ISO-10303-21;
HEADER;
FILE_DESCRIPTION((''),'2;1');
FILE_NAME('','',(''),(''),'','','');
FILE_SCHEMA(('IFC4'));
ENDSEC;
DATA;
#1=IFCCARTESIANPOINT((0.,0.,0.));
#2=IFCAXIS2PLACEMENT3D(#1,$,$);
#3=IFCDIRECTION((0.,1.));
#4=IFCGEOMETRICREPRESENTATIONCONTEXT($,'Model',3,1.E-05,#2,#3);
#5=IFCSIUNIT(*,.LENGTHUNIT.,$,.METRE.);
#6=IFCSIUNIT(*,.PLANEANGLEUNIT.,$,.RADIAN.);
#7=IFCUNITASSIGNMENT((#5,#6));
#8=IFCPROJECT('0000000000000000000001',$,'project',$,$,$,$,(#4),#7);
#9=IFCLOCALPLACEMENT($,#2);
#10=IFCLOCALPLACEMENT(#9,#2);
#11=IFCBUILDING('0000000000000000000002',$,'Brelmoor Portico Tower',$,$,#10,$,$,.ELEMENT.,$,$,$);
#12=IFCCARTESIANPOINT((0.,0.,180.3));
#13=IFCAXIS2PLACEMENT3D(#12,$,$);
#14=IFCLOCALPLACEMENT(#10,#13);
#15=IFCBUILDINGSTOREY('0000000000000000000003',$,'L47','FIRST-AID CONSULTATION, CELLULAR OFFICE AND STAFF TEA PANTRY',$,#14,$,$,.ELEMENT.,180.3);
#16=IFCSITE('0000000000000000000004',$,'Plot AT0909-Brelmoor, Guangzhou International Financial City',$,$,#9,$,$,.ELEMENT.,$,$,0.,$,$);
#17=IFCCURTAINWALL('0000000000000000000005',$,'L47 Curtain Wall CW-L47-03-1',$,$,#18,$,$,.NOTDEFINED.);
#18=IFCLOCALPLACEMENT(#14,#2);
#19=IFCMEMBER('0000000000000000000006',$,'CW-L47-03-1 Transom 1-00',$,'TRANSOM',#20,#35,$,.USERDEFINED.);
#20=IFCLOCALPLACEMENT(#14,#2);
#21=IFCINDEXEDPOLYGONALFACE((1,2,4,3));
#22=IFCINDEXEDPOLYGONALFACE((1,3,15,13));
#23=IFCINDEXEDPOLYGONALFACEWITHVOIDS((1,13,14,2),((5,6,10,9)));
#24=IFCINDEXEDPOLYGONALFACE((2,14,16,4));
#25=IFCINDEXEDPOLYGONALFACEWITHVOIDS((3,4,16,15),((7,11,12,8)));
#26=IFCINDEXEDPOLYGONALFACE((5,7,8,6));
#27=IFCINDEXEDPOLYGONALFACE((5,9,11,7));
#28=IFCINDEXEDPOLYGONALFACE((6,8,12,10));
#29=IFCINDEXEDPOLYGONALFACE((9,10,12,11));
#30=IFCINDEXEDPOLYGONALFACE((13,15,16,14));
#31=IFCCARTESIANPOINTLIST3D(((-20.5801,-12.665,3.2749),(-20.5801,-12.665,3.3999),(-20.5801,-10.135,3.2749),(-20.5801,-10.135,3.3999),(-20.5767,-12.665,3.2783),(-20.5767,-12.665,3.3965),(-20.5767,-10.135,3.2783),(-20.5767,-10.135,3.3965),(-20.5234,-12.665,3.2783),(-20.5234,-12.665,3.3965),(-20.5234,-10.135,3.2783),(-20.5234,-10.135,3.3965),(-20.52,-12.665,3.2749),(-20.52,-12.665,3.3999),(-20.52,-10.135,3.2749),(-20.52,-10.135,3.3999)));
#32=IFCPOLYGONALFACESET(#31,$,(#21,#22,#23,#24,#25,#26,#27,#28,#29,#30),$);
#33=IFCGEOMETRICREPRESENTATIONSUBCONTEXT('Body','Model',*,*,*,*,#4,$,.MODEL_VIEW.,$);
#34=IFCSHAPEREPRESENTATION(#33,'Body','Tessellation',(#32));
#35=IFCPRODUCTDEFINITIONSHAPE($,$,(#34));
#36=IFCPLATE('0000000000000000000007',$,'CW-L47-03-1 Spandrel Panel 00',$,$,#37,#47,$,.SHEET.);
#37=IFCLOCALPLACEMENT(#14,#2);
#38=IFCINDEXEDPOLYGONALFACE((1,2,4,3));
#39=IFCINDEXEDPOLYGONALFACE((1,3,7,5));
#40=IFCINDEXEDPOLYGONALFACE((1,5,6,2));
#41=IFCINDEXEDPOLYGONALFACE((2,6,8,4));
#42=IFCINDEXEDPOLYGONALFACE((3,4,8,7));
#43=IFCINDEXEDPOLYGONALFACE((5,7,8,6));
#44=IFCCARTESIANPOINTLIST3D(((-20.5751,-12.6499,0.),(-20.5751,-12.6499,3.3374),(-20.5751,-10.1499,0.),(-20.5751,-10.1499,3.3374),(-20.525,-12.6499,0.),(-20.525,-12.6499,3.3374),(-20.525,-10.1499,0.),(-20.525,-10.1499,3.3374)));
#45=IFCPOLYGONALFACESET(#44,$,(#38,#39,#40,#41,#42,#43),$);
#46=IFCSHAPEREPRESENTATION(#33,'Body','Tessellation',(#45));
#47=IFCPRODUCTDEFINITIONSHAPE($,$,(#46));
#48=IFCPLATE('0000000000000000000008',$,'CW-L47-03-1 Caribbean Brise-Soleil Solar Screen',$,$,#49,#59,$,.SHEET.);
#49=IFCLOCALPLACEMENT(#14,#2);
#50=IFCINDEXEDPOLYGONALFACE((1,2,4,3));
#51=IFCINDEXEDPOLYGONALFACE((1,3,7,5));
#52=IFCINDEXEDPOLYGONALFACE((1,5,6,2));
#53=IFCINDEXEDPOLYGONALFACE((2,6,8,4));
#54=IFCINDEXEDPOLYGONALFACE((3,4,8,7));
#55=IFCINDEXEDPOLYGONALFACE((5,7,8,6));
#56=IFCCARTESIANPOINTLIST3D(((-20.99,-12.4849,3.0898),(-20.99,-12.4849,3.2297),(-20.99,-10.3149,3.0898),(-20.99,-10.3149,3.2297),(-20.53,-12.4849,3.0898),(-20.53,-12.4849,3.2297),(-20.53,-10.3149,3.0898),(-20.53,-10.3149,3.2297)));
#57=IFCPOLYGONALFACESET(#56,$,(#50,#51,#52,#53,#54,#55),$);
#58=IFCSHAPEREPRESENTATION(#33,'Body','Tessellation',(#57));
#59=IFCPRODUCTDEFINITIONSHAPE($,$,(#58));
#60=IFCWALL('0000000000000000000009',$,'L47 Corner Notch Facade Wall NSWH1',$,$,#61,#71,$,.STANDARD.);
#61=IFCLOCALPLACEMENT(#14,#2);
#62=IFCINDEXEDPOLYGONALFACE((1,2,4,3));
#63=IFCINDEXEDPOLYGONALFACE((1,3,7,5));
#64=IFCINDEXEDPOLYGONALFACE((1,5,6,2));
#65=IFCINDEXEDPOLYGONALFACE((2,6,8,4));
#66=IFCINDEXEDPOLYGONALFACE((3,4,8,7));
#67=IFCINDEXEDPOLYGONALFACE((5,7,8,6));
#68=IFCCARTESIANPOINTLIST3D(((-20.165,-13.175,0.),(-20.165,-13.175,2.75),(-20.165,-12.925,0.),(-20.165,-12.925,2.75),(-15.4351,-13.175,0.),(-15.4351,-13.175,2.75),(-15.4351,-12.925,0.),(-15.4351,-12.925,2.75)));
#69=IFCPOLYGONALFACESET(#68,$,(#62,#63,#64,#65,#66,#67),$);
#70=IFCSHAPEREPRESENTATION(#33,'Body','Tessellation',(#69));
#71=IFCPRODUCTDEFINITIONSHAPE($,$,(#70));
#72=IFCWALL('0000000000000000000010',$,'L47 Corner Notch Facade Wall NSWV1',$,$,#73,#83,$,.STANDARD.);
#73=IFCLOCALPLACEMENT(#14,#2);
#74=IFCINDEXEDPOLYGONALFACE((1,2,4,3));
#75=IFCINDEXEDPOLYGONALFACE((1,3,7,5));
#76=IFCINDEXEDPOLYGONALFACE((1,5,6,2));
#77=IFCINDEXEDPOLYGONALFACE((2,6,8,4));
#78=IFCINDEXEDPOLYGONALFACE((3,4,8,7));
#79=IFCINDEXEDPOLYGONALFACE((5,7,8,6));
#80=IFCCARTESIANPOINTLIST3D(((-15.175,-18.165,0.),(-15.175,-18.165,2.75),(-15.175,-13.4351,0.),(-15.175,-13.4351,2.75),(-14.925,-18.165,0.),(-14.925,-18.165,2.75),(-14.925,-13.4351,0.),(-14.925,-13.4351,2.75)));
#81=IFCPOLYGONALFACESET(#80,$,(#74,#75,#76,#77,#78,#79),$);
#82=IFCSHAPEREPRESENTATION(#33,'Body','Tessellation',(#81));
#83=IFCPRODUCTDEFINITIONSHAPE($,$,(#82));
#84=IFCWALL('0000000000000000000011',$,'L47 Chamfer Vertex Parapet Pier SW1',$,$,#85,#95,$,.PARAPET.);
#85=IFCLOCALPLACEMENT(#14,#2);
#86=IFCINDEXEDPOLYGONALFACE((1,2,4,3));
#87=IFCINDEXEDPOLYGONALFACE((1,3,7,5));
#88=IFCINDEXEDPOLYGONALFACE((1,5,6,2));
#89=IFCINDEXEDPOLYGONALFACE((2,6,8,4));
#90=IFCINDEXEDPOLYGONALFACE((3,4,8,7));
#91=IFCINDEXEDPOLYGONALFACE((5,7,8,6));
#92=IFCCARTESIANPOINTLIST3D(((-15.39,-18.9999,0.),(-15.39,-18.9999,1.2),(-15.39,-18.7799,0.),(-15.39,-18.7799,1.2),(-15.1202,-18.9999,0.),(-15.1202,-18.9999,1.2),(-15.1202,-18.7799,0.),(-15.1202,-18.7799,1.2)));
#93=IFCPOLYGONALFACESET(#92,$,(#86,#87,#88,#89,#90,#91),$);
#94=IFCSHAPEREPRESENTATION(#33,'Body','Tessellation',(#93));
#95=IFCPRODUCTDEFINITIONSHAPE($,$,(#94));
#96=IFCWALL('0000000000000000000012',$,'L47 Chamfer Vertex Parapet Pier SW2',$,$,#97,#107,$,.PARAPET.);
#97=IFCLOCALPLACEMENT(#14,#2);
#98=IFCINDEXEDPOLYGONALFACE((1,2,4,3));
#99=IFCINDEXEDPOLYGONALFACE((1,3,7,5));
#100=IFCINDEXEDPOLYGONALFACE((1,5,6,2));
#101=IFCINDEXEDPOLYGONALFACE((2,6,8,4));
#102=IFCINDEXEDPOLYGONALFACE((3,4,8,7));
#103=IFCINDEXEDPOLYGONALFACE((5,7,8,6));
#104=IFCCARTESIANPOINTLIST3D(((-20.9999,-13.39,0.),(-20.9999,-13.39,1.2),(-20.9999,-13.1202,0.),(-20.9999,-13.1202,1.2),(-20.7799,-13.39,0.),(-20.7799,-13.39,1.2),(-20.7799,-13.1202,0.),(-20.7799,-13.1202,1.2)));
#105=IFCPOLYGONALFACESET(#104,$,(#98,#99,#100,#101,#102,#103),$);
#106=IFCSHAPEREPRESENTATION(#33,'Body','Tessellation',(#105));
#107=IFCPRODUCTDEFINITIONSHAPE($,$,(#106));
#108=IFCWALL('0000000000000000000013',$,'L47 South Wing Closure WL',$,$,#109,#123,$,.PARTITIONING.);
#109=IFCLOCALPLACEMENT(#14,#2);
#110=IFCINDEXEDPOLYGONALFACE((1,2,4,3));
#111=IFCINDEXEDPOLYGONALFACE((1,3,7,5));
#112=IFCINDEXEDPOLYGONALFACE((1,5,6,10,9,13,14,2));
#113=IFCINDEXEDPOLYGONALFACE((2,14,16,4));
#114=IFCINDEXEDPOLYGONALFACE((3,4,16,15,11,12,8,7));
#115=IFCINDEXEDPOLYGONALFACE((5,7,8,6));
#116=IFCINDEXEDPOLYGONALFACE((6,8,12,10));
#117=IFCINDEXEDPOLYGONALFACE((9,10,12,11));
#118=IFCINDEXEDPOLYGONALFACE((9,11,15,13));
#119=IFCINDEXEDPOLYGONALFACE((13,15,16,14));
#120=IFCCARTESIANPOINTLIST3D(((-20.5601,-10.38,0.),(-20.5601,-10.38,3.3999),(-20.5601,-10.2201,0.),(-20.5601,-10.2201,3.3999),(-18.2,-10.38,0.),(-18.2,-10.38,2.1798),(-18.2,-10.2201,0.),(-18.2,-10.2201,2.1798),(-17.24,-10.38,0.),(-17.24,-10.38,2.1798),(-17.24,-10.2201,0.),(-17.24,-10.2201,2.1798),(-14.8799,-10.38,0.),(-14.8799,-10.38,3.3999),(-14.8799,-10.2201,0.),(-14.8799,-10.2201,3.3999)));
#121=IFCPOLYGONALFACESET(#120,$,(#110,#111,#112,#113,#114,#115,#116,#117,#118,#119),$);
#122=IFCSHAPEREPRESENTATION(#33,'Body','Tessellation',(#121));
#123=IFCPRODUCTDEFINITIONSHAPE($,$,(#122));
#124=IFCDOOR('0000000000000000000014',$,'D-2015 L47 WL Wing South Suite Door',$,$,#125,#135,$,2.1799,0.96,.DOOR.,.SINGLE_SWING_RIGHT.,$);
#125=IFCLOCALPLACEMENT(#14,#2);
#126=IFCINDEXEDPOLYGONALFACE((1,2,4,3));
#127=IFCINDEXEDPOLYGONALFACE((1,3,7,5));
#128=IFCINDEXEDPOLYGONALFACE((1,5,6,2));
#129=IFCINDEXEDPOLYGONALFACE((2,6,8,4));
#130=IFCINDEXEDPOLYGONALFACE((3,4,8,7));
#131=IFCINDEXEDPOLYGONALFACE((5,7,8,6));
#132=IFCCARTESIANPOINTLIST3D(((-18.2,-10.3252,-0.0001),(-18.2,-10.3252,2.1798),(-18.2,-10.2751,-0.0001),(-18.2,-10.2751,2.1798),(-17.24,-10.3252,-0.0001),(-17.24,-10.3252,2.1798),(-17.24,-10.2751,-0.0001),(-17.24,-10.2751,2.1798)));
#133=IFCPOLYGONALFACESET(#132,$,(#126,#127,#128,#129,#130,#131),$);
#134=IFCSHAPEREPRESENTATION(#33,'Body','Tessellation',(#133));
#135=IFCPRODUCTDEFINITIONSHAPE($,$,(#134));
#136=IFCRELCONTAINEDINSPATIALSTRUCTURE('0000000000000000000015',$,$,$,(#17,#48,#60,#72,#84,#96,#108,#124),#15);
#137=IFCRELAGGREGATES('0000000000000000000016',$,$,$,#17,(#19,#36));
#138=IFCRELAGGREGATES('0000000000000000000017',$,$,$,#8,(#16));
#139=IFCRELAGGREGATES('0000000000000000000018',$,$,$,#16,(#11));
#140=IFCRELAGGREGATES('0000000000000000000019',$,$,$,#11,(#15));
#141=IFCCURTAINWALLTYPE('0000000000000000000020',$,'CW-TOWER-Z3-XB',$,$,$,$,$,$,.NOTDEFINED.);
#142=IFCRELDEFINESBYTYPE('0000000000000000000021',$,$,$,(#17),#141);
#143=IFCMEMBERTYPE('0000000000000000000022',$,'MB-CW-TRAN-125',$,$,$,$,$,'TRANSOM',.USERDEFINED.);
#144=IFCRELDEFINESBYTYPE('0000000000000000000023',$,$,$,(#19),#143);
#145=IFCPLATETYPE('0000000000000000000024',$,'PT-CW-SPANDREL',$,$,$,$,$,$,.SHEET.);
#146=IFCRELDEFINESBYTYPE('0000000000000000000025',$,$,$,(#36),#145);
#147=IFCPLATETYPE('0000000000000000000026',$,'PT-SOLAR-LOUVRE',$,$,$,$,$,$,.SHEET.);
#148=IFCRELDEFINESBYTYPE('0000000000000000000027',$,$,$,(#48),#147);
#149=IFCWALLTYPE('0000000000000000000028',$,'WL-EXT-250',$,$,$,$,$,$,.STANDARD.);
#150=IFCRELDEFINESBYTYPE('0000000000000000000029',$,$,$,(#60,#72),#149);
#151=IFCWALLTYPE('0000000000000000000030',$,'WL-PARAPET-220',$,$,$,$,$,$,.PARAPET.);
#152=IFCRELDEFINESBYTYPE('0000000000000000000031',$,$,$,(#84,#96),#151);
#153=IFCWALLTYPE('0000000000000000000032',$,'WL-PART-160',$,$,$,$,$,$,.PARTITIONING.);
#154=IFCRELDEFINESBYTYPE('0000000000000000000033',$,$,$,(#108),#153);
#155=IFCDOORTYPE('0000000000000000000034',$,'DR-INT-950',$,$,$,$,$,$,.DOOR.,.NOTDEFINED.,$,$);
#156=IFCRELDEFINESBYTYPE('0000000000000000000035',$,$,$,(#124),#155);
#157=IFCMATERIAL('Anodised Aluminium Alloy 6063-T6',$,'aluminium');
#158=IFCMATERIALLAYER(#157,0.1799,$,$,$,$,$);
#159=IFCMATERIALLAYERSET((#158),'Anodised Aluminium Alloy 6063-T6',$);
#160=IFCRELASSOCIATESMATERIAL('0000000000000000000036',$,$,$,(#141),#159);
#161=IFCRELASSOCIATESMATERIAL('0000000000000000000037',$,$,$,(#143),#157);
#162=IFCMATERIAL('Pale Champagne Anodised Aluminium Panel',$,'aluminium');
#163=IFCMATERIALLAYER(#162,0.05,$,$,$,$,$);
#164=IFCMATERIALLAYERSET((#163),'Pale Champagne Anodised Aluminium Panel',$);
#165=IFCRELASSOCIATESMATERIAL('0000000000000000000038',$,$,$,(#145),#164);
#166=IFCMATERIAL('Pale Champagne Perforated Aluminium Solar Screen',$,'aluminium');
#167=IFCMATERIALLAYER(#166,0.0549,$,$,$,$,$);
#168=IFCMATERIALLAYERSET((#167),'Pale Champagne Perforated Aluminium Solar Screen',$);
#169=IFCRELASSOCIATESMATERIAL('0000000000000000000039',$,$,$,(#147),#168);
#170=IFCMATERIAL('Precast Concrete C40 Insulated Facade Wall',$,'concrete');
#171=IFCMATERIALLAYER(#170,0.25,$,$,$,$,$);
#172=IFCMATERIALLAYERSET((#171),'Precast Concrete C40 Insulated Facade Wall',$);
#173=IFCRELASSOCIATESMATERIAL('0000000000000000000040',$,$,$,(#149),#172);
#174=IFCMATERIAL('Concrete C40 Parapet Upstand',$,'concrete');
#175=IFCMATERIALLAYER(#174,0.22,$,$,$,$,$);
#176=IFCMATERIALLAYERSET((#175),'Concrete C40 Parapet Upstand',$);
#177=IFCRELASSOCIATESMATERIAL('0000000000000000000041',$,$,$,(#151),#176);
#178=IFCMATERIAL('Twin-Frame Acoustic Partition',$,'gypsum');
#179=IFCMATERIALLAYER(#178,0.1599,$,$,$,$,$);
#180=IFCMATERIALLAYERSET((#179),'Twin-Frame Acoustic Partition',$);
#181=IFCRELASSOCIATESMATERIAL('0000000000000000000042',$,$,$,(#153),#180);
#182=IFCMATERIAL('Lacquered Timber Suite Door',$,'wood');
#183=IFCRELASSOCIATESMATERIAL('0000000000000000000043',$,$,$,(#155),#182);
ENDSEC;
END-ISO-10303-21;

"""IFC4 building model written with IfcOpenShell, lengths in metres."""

from ifc_helpers import new_model, si_unit, direction, frame, frame_2d, origin, origin_2d, place, context, subcontext, project, spatial, rectangle, hollow_rectangle, extrude, material, layer, layer_set, material_profile, profile_set, type_object, element, fill, aggregate, save


model = new_model("IFC4")

# Units and contexts
model_context = context("Model", 3, precision=1e-05, world=origin(), true_north=direction((0.0, 1.0)))
body_context = subcontext(model_context, "Body", "Model", "MODEL_VIEW")
ifc_project = project(units=[si_unit("LENGTHUNIT", "METRE"), si_unit("PLANEANGLEUNIT", "RADIAN")], contexts=[model_context])

# Site, building, storey
site_placement = place(None, origin())
site = spatial("IfcSite", under=ifc_project, at=site_placement, Name="Plot AT0909-Brelmoor, Guangzhou International Financial City", CompositionType="ELEMENT", RefElevation=0.0)
building_placement = place(site_placement, origin())
building = spatial("IfcBuilding", under=site, at=building_placement, Name="Brelmoor Portico Tower", CompositionType="ELEMENT")
storey_placement = place(building_placement, frame((0.0, 0.0, 180.3)))
storey = spatial("IfcBuildingStorey", under=building, at=storey_placement, Name="L47", Description="FIRST-AID CONSULTATION, CELLULAR OFFICE AND STAFF TEA PANTRY", CompositionType="ELEMENT", Elevation=180.3)

# Curtain wall
ifc_material_1 = material(Name="Anodised Aluminium Alloy 6063-T6", Category="aluminium")
ifc_layer_1 = layer(ifc_material_1, 0.1799)
ifc_layer_set_1 = layer_set([ifc_layer_1], Name="Anodised Aluminium Alloy 6063-T6")
curtain_wall_type = type_object("IfcCurtainWallType", Name="CW-TOWER-Z3-XB", PredefinedType="NOTDEFINED", material=ifc_layer_set_1)
curtain_wall_1_placement = place(storey_placement, origin())
curtain_wall_1 = element("IfcCurtainWall", 1, at=curtain_wall_1_placement, inside=storey, type_object=curtain_wall_type, Name="L47 Curtain Wall CW-L47-03-1", PredefinedType="NOTDEFINED")

# Member
ifc_material_profile_1 = material_profile(ifc_material_1, hollow_rectangle(XDim=0.0601, YDim=0.125, WallThickness=0.0034, at=origin_2d()), Name="ALU TRANSOM 60x125")
ifc_profile_set_1 = profile_set([ifc_material_profile_1], Name="Anodised Aluminium Alloy 6063-T6")
member_type_1 = type_object("IfcMemberType", Name="MB-CW-TRAN-125", ElementType="TRANSOM", PredefinedType="USERDEFINED", material=ifc_profile_set_1)
member_1_placement = place(storey_placement, frame((-20.55, -12.665, 3.3374), z_axis=(0.0, 1.0, 0.0), x_axis=(-1.0, 0.0, 0.0)))
member_1 = element("IfcMember", 2, at=member_1_placement, type_object=member_type_1, Name="CW-L47-03-1 Transom 1-00", ObjectType="TRANSOM", PredefinedType="USERDEFINED", context=body_context, shape_type="SweptSolid", body=[
    extrude(hollow_rectangle(XDim=0.0601, YDim=0.125, WallThickness=0.0034, at=origin_2d()), origin(), (0.0, 0.0, 1.0), 2.53),
])

# Plates
ifc_material_2 = material(Name="Pale Champagne Anodised Aluminium Panel", Category="aluminium")
ifc_layer_2 = layer(ifc_material_2, 0.05)
ifc_layer_set_2 = layer_set([ifc_layer_2], Name="Pale Champagne Anodised Aluminium Panel")
plate_type_1 = type_object("IfcPlateType", Name="PT-CW-SPANDREL", PredefinedType="SHEET", material=ifc_layer_set_2)
plate_1_placement = place(storey_placement, frame((-20.55, -11.3999, 0.0), z_axis=(0.0, 0.0, 1.0), x_axis=(0.0, 1.0, 0.0)))
plate_1 = element("IfcPlate", 3, at=plate_1_placement, type_object=plate_type_1, Name="CW-L47-03-1 Spandrel Panel 00", PredefinedType="SHEET", context=body_context, shape_type="SweptSolid", body=[
    extrude(rectangle(XDim=2.5, YDim=0.05, at=origin_2d()), origin(), (0.0, 0.0, 1.0), 3.3374),
])
aggregate(curtain_wall_1, [member_1, plate_1])
ifc_material_3 = material(Name="Pale Champagne Perforated Aluminium Solar Screen", Category="aluminium")
ifc_layer_3 = layer(ifc_material_3, 0.0549)
ifc_layer_set_3 = layer_set([ifc_layer_3], Name="Pale Champagne Perforated Aluminium Solar Screen")
plate_type_2 = type_object("IfcPlateType", Name="PT-SOLAR-LOUVRE", PredefinedType="SHEET", material=ifc_layer_set_3)
plate_2_placement = place(storey_placement, frame((-20.76, -11.3999, 3.0898), z_axis=(0.0, 0.0, 1.0), x_axis=(0.0, 1.0, 0.0)))
element("IfcPlate", 4, at=plate_2_placement, inside=storey, type_object=plate_type_2, Name="CW-L47-03-1 Caribbean Brise-Soleil Solar Screen", PredefinedType="SHEET", context=body_context, shape_type="SweptSolid", body=[
    extrude(rectangle(XDim=2.1699, YDim=0.46, at=origin_2d()), origin(), (0.0, 0.0, 1.0), 0.1399),
])

# Walls
ifc_material_4 = material(Name="Precast Concrete C40 Insulated Facade Wall", Category="concrete")
ifc_layer_4 = layer(ifc_material_4, 0.25)
ifc_layer_set_4 = layer_set([ifc_layer_4], Name="Precast Concrete C40 Insulated Facade Wall")
wall_type_1 = type_object("IfcWallType", Name="WL-EXT-250", PredefinedType="STANDARD", material=ifc_layer_set_4)
for number, where, z_axis, x_axis, name in (
    (5, (-20.165, -13.05, 0.0), (0.0, 0.0, 1.0), (1.0, 0.0, 0.0), "L47 Corner Notch Facade Wall NSWH1"),
    (6, (-15.05, -18.165, 0.0), (0.0, 0.0, 1.0), (0.0, 1.0, 0.0), "L47 Corner Notch Facade Wall NSWV1"),
):
    element("IfcWall", number, at=place(storey_placement, frame(where, z_axis=z_axis, x_axis=x_axis)), inside=storey, type_object=wall_type_1, Name=name, PredefinedType="STANDARD", context=body_context, shape_type="SweptSolid", body=[
        extrude(rectangle(XDim=4.73, YDim=0.25, at=frame_2d((2.365, 0.0))), origin(), (0.0, 0.0, 1.0), 2.75),
    ])
ifc_material_5 = material(Name="Concrete C40 Parapet Upstand", Category="concrete")
ifc_layer_5 = layer(ifc_material_5, 0.22)
ifc_layer_set_5 = layer_set([ifc_layer_5], Name="Concrete C40 Parapet Upstand")
wall_type_2 = type_object("IfcWallType", Name="WL-PARAPET-220", PredefinedType="PARAPET", material=ifc_layer_set_5)
for number, where, z_axis, x_axis, name in (
    (7, (-15.3899, -18.8899, 0.0), (0.0, 0.0, 1.0), (1.0, 0.0, 0.0), "L47 Chamfer Vertex Parapet Pier SW1"),
    (8, (-20.8899, -13.3899, 0.0), (0.0, 0.0, 1.0), (0.0, 1.0, 0.0), "L47 Chamfer Vertex Parapet Pier SW2"),
):
    element("IfcWall", number, at=place(storey_placement, frame(where, z_axis=z_axis, x_axis=x_axis)), inside=storey, type_object=wall_type_2, Name=name, PredefinedType="PARAPET", context=body_context, shape_type="SweptSolid", body=[
        extrude(rectangle(XDim=0.2698, YDim=0.22, at=frame_2d((0.1348, 0.0))), origin(), (0.0, 0.0, 1.0), 1.2),
    ])

# Wall, opening, door
ifc_material_6 = material(Name="Twin-Frame Acoustic Partition", Category="gypsum")
ifc_layer_6 = layer(ifc_material_6, 0.1599)
ifc_layer_set_6 = layer_set([ifc_layer_6], Name="Twin-Frame Acoustic Partition")
wall_type_3 = type_object("IfcWallType", Name="WL-PART-160", PredefinedType="PARTITIONING", material=ifc_layer_set_6)
wall_placement = place(storey_placement, frame((-20.5601, -10.3, 0.0), z_axis=(0.0, 0.0, 1.0), x_axis=(1.0, 0.0, 0.0)))
wall = element("IfcWall", 9, at=wall_placement, inside=storey, type_object=wall_type_3, Name="L47 South Wing Closure WL", PredefinedType="PARTITIONING", context=body_context, shape_type="SweptSolid", body=[
    extrude(rectangle(XDim=5.6802, YDim=0.1599, at=frame_2d((2.8401, 0.0))), origin(), (0.0, 0.0, 1.0), 3.3999),
])
opening_placement = place(wall_placement, frame((2.3601, 0.0, 0.0)))
opening = element("IfcOpeningElement", 10, at=opening_placement, cuts=wall, PredefinedType="OPENING", context=body_context, shape_type="SweptSolid", body=[
    extrude(rectangle(XDim=0.96, YDim=2.1799, at=frame_2d((0.48, 1.0898))), frame((0.0, 0.0898, 0.0), z_axis=(0.0, -1.0, 0.0), x_axis=(1.0, 0.0, 0.0)), (0.0, 0.0, 1.0), 0.1799),
])
ifc_material_7 = material(Name="Lacquered Timber Suite Door", Category="wood")
door_type = type_object("IfcDoorType", Name="DR-INT-950", OperationType="NOTDEFINED", PredefinedType="DOOR", material=ifc_material_7)
door_placement = place(opening_placement, origin())
door = element("IfcDoor", 11, at=door_placement, inside=storey, type_object=door_type, Name="D-2015 L47 WL Wing South Suite Door", OperationType="SINGLE_SWING_RIGHT", OverallHeight=2.1799, OverallWidth=0.96, PredefinedType="DOOR", context=body_context, shape_type="SweptSolid", body=[
    extrude(rectangle(XDim=0.96, YDim=2.1799, at=frame_2d((0.48, 1.0898))), frame((0.0, 0.0249, 0.0), z_axis=(0.0, -1.0, 0.0), x_axis=(1.0, 0.0, 0.0)), (0.0, 0.0, 1.0), 0.05),
])
fill(opening, door)

save(model, "model.ifc")
